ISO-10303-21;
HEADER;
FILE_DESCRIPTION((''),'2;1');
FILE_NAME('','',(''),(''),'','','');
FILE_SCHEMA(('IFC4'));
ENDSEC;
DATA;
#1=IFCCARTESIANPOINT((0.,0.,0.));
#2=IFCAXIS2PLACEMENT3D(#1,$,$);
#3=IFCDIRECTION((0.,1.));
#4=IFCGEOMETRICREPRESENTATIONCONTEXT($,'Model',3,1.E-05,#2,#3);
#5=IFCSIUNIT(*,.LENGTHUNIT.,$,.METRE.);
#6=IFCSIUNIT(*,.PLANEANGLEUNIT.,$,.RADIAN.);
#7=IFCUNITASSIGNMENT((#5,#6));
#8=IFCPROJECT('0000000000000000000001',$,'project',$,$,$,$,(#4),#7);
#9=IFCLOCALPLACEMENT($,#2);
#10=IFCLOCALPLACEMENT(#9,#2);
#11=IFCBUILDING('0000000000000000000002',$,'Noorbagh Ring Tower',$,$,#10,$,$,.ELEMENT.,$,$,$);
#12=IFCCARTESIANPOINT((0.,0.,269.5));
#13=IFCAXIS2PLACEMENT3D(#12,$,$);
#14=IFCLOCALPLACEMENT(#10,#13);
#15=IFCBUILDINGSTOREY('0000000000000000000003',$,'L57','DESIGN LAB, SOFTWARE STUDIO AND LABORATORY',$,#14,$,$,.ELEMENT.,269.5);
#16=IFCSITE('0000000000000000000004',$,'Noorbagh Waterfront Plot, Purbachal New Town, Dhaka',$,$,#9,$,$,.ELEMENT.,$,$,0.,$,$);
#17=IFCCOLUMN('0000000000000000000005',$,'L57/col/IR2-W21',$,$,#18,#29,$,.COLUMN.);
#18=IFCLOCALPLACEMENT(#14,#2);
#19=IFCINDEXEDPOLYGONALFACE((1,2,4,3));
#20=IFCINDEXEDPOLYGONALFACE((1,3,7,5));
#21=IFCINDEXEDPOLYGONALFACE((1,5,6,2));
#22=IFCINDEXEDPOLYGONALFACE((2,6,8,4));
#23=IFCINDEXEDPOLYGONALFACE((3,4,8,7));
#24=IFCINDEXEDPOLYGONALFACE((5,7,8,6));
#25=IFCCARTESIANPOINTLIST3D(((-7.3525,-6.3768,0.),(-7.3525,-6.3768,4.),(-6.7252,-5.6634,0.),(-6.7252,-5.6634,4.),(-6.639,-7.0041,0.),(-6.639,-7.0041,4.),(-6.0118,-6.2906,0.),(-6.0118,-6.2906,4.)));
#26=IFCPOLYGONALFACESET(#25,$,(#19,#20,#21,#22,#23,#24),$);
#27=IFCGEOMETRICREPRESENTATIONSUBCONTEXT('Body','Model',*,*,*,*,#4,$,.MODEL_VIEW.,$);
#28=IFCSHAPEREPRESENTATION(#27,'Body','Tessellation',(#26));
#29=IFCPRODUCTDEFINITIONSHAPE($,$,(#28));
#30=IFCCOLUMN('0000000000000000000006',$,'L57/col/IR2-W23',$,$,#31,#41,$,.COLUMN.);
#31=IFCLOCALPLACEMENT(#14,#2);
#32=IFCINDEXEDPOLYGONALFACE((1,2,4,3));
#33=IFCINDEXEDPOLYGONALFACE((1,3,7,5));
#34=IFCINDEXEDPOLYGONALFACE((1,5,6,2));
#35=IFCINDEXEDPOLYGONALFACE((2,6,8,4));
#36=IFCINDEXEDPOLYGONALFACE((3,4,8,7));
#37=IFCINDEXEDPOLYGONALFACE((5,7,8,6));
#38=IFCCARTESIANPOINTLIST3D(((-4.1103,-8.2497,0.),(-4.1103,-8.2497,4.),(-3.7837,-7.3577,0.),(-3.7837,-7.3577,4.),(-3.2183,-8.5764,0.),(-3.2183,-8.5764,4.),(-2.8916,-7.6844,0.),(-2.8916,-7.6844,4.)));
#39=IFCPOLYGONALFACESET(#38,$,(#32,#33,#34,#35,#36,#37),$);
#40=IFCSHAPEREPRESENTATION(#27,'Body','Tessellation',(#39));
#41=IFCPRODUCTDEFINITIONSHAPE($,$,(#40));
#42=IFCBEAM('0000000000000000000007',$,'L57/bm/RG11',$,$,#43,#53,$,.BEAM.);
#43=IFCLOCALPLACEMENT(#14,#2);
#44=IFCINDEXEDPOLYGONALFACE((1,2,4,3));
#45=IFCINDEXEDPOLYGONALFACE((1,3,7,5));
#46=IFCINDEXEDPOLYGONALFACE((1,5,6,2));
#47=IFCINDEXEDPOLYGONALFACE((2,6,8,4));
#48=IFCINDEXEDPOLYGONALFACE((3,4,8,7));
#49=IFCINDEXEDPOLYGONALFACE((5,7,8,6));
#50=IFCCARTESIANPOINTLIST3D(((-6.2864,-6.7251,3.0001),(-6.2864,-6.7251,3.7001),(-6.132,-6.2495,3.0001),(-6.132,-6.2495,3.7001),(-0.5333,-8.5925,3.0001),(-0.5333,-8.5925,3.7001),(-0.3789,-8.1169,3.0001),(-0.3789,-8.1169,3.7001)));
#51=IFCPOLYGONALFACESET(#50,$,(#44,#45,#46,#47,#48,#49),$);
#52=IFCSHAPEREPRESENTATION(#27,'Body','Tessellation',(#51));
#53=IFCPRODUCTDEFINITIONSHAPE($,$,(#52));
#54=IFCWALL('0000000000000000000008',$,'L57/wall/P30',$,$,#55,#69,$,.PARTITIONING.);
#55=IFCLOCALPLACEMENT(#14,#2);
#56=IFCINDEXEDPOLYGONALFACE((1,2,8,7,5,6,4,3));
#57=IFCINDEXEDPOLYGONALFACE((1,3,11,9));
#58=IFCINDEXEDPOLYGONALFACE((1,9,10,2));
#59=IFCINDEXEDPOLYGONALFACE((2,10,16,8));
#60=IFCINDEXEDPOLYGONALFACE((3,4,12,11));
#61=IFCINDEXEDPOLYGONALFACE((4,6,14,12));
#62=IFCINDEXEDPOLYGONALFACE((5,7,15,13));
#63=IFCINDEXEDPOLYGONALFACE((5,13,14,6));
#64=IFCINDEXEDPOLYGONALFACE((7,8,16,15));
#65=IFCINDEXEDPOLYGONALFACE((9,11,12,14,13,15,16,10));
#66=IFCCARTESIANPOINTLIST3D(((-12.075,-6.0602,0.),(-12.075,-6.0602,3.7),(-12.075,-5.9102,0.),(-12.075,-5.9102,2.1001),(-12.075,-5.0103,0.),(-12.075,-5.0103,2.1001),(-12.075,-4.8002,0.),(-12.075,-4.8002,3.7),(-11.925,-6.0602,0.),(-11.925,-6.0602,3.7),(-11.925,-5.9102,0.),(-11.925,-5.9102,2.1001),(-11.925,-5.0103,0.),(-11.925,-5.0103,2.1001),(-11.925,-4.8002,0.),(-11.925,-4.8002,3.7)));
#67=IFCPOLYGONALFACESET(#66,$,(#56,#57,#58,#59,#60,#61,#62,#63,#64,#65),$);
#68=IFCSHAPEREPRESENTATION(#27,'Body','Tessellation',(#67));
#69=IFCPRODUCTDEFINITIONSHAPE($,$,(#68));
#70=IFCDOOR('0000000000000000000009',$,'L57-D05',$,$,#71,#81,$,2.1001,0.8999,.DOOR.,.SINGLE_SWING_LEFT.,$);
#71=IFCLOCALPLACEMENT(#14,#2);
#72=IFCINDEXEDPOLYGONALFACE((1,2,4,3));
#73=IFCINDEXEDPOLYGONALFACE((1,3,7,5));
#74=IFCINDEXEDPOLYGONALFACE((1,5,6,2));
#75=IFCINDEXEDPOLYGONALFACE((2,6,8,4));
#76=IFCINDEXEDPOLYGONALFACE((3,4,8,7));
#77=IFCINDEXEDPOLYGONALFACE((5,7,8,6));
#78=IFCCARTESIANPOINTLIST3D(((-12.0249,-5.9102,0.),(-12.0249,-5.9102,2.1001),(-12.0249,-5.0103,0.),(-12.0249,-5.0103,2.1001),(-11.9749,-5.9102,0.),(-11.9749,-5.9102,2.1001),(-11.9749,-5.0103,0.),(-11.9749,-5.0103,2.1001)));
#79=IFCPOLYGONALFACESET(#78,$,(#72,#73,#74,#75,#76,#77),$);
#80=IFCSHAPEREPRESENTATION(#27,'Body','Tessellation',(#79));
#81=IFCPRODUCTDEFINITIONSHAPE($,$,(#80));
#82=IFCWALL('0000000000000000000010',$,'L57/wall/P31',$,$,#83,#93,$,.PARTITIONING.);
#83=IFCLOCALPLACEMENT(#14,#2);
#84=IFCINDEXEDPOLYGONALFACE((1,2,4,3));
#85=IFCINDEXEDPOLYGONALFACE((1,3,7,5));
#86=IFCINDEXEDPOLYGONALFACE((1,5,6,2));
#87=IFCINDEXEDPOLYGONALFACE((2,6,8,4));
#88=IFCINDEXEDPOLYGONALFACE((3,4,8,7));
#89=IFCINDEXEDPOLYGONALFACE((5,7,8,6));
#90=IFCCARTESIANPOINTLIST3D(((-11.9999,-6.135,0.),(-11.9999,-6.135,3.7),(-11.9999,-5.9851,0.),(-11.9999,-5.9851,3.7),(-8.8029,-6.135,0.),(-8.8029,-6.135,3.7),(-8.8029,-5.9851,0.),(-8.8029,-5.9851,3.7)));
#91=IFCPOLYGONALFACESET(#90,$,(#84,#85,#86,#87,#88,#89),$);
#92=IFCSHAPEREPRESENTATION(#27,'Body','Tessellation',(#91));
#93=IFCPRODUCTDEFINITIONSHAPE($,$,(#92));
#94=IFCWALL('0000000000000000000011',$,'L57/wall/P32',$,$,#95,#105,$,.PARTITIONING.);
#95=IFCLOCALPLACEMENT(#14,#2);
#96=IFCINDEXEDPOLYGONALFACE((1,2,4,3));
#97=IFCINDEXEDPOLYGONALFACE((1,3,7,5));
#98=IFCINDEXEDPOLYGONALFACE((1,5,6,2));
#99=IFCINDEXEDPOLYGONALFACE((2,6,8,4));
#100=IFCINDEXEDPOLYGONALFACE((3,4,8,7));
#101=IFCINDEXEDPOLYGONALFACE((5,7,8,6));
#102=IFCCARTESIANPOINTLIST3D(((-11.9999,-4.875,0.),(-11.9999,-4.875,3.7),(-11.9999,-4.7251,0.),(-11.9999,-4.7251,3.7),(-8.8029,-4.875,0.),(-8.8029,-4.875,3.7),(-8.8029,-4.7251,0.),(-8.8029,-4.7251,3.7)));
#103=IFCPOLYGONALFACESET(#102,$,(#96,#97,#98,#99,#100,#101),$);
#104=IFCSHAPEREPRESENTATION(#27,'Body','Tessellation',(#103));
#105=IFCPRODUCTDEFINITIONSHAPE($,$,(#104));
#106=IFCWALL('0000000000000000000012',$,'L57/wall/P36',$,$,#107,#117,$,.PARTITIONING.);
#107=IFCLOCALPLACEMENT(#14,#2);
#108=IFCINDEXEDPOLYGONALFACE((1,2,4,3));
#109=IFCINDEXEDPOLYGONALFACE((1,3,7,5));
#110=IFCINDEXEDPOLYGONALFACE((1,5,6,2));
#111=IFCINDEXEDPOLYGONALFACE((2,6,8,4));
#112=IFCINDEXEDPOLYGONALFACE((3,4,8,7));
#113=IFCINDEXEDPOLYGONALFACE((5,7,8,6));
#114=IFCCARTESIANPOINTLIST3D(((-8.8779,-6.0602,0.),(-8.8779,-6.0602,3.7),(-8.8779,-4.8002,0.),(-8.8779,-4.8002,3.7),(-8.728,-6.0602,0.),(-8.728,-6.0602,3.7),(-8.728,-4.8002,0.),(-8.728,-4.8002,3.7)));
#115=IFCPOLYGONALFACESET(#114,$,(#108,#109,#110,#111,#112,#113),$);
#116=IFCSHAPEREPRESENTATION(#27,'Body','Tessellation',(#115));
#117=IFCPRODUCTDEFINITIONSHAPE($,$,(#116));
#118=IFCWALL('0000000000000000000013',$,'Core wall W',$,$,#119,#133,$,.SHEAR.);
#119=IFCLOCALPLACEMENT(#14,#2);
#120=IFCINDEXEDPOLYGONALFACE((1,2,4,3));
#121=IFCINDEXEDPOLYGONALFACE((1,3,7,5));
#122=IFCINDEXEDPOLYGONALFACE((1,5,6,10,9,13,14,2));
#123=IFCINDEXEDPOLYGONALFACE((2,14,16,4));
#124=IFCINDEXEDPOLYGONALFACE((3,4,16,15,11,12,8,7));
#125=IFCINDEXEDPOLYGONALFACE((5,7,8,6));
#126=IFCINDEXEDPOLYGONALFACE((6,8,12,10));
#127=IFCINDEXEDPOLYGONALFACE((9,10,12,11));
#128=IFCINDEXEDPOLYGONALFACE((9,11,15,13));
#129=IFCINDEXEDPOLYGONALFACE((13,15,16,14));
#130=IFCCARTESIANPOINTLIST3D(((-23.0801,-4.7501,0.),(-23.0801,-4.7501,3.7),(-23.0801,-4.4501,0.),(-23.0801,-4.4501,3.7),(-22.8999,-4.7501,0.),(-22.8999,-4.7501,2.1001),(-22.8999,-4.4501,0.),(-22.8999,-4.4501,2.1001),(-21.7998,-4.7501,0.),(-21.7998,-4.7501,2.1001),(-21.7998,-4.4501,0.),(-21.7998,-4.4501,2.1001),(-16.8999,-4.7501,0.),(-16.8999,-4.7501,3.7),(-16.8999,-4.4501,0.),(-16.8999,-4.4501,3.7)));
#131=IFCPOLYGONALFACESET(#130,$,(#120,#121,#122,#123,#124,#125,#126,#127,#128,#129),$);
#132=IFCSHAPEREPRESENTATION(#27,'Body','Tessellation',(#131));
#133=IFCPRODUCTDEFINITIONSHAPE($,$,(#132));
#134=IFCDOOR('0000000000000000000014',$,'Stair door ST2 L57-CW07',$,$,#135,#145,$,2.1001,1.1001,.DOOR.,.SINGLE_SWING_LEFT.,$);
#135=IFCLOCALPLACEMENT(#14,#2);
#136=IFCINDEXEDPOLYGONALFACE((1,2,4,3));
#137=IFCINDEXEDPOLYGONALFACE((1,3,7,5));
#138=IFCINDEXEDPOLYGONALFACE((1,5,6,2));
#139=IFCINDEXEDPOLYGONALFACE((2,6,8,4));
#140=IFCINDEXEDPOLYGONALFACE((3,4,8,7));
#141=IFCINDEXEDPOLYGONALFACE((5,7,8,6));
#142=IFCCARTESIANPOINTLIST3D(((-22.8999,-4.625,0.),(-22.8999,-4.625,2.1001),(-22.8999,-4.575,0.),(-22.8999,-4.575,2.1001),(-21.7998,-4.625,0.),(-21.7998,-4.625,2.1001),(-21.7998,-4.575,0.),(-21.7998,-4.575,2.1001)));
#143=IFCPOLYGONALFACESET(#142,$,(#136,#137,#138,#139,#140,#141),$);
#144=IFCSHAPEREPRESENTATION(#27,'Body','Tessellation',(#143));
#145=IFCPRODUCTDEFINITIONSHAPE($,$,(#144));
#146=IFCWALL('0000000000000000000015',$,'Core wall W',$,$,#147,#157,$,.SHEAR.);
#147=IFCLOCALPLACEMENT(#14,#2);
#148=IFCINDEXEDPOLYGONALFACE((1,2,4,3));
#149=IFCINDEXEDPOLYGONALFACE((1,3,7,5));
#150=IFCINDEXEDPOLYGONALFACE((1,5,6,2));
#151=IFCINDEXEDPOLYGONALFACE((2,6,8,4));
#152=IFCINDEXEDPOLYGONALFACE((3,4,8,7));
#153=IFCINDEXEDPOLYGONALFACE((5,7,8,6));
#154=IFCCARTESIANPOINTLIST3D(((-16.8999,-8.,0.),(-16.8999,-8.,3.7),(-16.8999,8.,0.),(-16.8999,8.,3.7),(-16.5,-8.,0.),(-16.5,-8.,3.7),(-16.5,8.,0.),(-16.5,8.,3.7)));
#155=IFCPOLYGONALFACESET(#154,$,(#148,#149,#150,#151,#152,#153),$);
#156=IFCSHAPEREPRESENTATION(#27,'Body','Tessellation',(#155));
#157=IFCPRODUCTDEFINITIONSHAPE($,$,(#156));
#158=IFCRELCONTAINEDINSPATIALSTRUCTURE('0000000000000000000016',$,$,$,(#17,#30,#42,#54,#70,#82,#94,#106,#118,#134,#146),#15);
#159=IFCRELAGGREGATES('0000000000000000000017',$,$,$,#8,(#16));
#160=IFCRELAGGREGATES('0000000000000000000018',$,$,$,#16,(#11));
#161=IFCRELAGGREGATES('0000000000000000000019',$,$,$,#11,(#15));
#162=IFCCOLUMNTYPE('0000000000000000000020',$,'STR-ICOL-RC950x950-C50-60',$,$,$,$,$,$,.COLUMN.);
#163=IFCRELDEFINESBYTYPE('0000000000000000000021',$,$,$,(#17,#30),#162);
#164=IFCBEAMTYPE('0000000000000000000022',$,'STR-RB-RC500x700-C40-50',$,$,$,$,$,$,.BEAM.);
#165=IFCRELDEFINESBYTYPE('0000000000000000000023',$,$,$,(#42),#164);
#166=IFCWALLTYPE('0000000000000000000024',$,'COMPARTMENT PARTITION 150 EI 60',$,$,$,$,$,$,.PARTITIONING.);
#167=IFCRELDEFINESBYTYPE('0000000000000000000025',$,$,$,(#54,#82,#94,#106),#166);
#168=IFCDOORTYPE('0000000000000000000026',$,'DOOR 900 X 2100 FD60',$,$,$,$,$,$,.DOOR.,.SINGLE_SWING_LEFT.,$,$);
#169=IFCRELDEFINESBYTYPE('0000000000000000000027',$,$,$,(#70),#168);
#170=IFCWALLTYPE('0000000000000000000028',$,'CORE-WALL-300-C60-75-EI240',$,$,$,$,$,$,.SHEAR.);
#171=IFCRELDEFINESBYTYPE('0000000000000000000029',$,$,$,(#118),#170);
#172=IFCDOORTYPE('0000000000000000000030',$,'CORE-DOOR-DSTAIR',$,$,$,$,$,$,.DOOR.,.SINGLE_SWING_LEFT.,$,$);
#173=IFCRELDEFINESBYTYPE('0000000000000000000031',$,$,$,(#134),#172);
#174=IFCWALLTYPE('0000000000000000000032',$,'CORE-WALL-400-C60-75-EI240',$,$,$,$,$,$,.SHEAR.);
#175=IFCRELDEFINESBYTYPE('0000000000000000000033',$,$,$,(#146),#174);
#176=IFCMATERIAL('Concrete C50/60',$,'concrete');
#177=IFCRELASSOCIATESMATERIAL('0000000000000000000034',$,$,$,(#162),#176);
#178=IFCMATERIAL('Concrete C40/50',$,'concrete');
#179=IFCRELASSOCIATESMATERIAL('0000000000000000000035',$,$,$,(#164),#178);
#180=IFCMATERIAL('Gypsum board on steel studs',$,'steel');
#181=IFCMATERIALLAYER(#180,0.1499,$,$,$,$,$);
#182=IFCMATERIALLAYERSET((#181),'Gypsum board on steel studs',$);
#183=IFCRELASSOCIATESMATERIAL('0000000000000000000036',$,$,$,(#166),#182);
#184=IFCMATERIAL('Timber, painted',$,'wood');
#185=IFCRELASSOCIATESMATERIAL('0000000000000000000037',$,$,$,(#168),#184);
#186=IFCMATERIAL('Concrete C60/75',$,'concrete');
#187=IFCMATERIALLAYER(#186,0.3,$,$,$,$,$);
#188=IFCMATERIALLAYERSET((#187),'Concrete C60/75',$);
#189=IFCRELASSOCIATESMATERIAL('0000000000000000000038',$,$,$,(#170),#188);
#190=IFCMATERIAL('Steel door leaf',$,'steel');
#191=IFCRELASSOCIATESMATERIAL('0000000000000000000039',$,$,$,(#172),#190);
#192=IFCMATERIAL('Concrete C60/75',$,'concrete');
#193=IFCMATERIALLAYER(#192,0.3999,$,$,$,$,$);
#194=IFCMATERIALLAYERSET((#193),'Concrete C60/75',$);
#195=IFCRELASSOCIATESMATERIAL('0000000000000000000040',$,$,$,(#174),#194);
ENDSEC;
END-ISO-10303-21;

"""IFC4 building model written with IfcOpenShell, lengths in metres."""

from ifc_helpers import new_model, si_unit, direction, frame, frame_2d, origin, origin_2d, place, context, subcontext, project, spatial, rectangle, extrude, material, layer, layer_set, material_profile, profile_set, type_object, element, fill, save


model = new_model("IFC4")

# Units and contexts
model_context = context("Model", 3, precision=1e-05, world=origin(), true_north=direction((0.0, 1.0)))
body_context = subcontext(model_context, "Body", "Model", "MODEL_VIEW")
ifc_project = project(units=[si_unit("LENGTHUNIT", "METRE"), si_unit("PLANEANGLEUNIT", "RADIAN")], contexts=[model_context])

# Site, building, storey
site_placement = place(None, origin())
site = spatial("IfcSite", under=ifc_project, at=site_placement, Name="Noorbagh Waterfront Plot, Purbachal New Town, Dhaka", CompositionType="ELEMENT", RefElevation=0.0)
building_placement = place(site_placement, origin())
building = spatial("IfcBuilding", under=site, at=building_placement, Name="Noorbagh Ring Tower", CompositionType="ELEMENT")
storey_placement = place(building_placement, frame((0.0, 0.0, 269.5)))
storey = spatial("IfcBuildingStorey", under=building, at=storey_placement, Name="L57", Description="DESIGN LAB, SOFTWARE STUDIO AND LABORATORY", CompositionType="ELEMENT", Elevation=269.5)

# Columns
ifc_material_1 = material(Name="Concrete C50/60", Category="concrete")
ifc_material_profile_1 = material_profile(ifc_material_1, rectangle(XDim=0.95, YDim=0.95, at=origin_2d()), Name="RC950x950")
ifc_profile_set_1 = profile_set([ifc_material_profile_1], Name="Concrete C50/60")
column_type = type_object("IfcColumnType", Name="STR-ICOL-RC950x950-C50-60", PredefinedType="COLUMN", material=ifc_profile_set_1)
for number, where, z_axis, x_axis, name in (
    (1, (-6.6821, -6.3337, 0.0), (0.0, 0.0, 1.0), (0.751022, -0.660277, 0.0), "L57/col/IR2-W21"),
    (2, (-3.501, -7.967, 0.0), (0.0, 0.0, 1.0), (0.93902, -0.343864, 0.0), "L57/col/IR2-W23"),
):
    element("IfcColumn", number, at=place(storey_placement, frame(where, z_axis=z_axis, x_axis=x_axis)), inside=storey, type_object=column_type, Name=name, PredefinedType="COLUMN", context=body_context, shape_type="SweptSolid", body=[
        extrude(rectangle(XDim=0.95, YDim=0.95, at=origin_2d()), origin(), (0.0, 0.0, 1.0), 4.0),
    ])

# Beam
ifc_material_2 = material(Name="Concrete C40/50", Category="concrete")
ifc_material_profile_2 = material_profile(ifc_material_2, rectangle(XDim=0.5, YDim=0.7, at=origin_2d()), Name="RC500x700")
ifc_profile_set_2 = profile_set([ifc_material_profile_2], Name="Concrete C40/50")
beam_type = type_object("IfcBeamType", Name="STR-RB-RC500x700-C40-50", PredefinedType="BEAM", material=ifc_profile_set_2)
beam_placement = place(storey_placement, frame((-6.2092, -6.4873, 3.3501), z_axis=(0.951148, -0.308735, 0.0), x_axis=(0.308735, 0.951148, 0.0)))
element("IfcBeam", 3, at=beam_placement, inside=storey, type_object=beam_type, Name="L57/bm/RG11", PredefinedType="BEAM", context=body_context, shape_type="SweptSolid", body=[
    extrude(rectangle(XDim=0.5, YDim=0.7, at=origin_2d()), origin(), (0.0, 0.0, 1.0), 6.0486),
])

# Wall, opening, door
ifc_material_3 = material(Name="Gypsum board on steel studs", Category="steel")
ifc_layer_1 = layer(ifc_material_3, 0.1499)
ifc_layer_set_1 = layer_set([ifc_layer_1], Name="Gypsum board on steel studs")
wall_type_1 = type_object("IfcWallType", Name="COMPARTMENT PARTITION 150 EI 60", PredefinedType="PARTITIONING", material=ifc_layer_set_1)
wall_1_placement = place(storey_placement, frame((-12.0, -6.0601, 0.0), z_axis=(0.0, 0.0, 1.0), x_axis=(0.0, 1.0, 0.0)))
wall_1 = element("IfcWall", 4, at=wall_1_placement, inside=storey, type_object=wall_type_1, Name="L57/wall/P30", PredefinedType="PARTITIONING", context=body_context, shape_type="SweptSolid", body=[
    extrude(rectangle(XDim=1.26, YDim=0.1499, at=frame_2d((0.6299, 0.0))), origin(), (0.0, 0.0, 1.0), 3.7),
])
opening_1_placement = place(wall_1_placement, frame((0.1499, 0.0, 0.0)))
opening_1 = element("IfcOpeningElement", 5, at=opening_1_placement, cuts=wall_1, PredefinedType="OPENING", context=body_context, shape_type="SweptSolid", body=[
    extrude(rectangle(XDim=0.8999, YDim=2.1001, at=frame_2d((0.45, 1.05))), frame((0.0, 0.085, 0.0), z_axis=(0.0, -1.0, 0.0), x_axis=(1.0, 0.0, 0.0)), (0.0, 0.0, 1.0), 0.1699),
])
ifc_material_4 = material(Name="Timber, painted", Category="wood")
door_type_1 = type_object("IfcDoorType", Name="DOOR 900 X 2100 FD60", OperationType="SINGLE_SWING_LEFT", PredefinedType="DOOR", material=ifc_material_4)
door_1_placement = place(opening_1_placement, origin())
door_1 = element("IfcDoor", 6, at=door_1_placement, inside=storey, type_object=door_type_1, Name="L57-D05", OperationType="SINGLE_SWING_LEFT", OverallHeight=2.1001, OverallWidth=0.8999, PredefinedType="DOOR", context=body_context, shape_type="SweptSolid", body=[
    extrude(rectangle(XDim=0.8999, YDim=2.1001, at=frame_2d((0.45, 1.05))), frame((0.0, 0.0249, 0.0), z_axis=(0.0, -1.0, 0.0), x_axis=(1.0, 0.0, 0.0)), (0.0, 0.0, 1.0), 0.05),
])
fill(opening_1, door_1)

# Walls
for number, where, z_axis, x_axis, name in (
    (7, (-12.0, -6.0601, 0.0), (0.0, 0.0, 1.0), (1.0, 0.0, 0.0), "L57/wall/P31"),
    (8, (-12.0, -4.8, 0.0), (0.0, 0.0, 1.0), (1.0, 0.0, 0.0), "L57/wall/P32"),
):
    element("IfcWall", number, at=place(storey_placement, frame(where, z_axis=z_axis, x_axis=x_axis)), inside=storey, type_object=wall_type_1, Name=name, PredefinedType="PARTITIONING", context=body_context, shape_type="SweptSolid", body=[
        extrude(rectangle(XDim=3.197, YDim=0.1499, at=frame_2d((1.5986, 0.0))), origin(), (0.0, 0.0, 1.0), 3.7),
    ])
wall_2_placement = place(storey_placement, frame((-8.803, -6.0601, 0.0), z_axis=(0.0, 0.0, 1.0), x_axis=(0.0, 1.0, 0.0)))
element("IfcWall", 9, at=wall_2_placement, inside=storey, type_object=wall_type_1, Name="L57/wall/P36", PredefinedType="PARTITIONING", context=body_context, shape_type="SweptSolid", body=[
    extrude(rectangle(XDim=1.26, YDim=0.1499, at=frame_2d((0.6299, 0.0))), origin(), (0.0, 0.0, 1.0), 3.7),
])

# Wall, opening, door
ifc_material_5 = material(Name="Concrete C60/75", Category="concrete")
ifc_layer_2 = layer(ifc_material_5, 0.3)
ifc_layer_set_2 = layer_set([ifc_layer_2], Name="Concrete C60/75")
wall_type_2 = type_object("IfcWallType", Name="CORE-WALL-300-C60-75-EI240", PredefinedType="SHEAR", material=ifc_layer_set_2)
wall_3_placement = place(storey_placement, frame((-16.8999, -4.6001, 0.0), z_axis=(0.0, 0.0, 1.0), x_axis=(-1.0, 0.0, 0.0)))
wall_3 = element("IfcWall", 10, at=wall_3_placement, inside=storey, type_object=wall_type_2, Name="Core wall W", PredefinedType="SHEAR", context=body_context, shape_type="SweptSolid", body=[
    extrude(rectangle(XDim=6.1802, YDim=0.3, at=frame_2d((3.0901, 0.0))), origin(), (0.0, 0.0, 1.0), 3.7),
])
opening_2_placement = place(wall_3_placement, frame((4.8999, 0.0, 0.0)))
opening_2 = element("IfcOpeningElement", 11, at=opening_2_placement, cuts=wall_3, PredefinedType="OPENING", context=body_context, shape_type="SweptSolid", body=[
    extrude(rectangle(XDim=1.1001, YDim=2.1001, at=frame_2d((0.55, 1.05))), frame((0.0, 0.1602, 0.0), z_axis=(0.0, -1.0, 0.0), x_axis=(1.0, 0.0, 0.0)), (0.0, 0.0, 1.0), 0.3201),
])
ifc_material_6 = material(Name="Steel door leaf", Category="steel")
door_type_2 = type_object("IfcDoorType", Name="CORE-DOOR-DSTAIR", OperationType="SINGLE_SWING_LEFT", PredefinedType="DOOR", material=ifc_material_6)
door_2_placement = place(opening_2_placement, origin())
door_2 = element("IfcDoor", 12, at=door_2_placement, inside=storey, type_object=door_type_2, Name="Stair door ST2 L57-CW07", OperationType="SINGLE_SWING_LEFT", OverallHeight=2.1001, OverallWidth=1.1001, PredefinedType="DOOR", context=body_context, shape_type="SweptSolid", body=[
    extrude(rectangle(XDim=1.1001, YDim=2.1001, at=frame_2d((0.55, 1.05))), frame((0.0, 0.0249, 0.0), z_axis=(0.0, -1.0, 0.0), x_axis=(1.0, 0.0, 0.0)), (0.0, 0.0, 1.0), 0.05),
])
fill(opening_2, door_2)

# Wall
ifc_material_7 = material(Name="Concrete C60/75", Category="concrete")
ifc_layer_3 = layer(ifc_material_7, 0.3999)
ifc_layer_set_3 = layer_set([ifc_layer_3], Name="Concrete C60/75")
wall_type_3 = type_object("IfcWallType", Name="CORE-WALL-400-C60-75-EI240", PredefinedType="SHEAR", material=ifc_layer_set_3)
wall_4_placement = place(storey_placement, frame((-16.7, -8.0, 0.0), z_axis=(0.0, 0.0, 1.0), x_axis=(0.0, 1.0, 0.0)))
element("IfcWall", 13, at=wall_4_placement, inside=storey, type_object=wall_type_3, Name="Core wall W", PredefinedType="SHEAR", context=body_context, shape_type="SweptSolid", body=[
    extrude(rectangle(XDim=16.0, YDim=0.3999, at=frame_2d((8.0, 0.0))), origin(), (0.0, 0.0, 1.0), 3.7),
])

save(model, "model.ifc")
